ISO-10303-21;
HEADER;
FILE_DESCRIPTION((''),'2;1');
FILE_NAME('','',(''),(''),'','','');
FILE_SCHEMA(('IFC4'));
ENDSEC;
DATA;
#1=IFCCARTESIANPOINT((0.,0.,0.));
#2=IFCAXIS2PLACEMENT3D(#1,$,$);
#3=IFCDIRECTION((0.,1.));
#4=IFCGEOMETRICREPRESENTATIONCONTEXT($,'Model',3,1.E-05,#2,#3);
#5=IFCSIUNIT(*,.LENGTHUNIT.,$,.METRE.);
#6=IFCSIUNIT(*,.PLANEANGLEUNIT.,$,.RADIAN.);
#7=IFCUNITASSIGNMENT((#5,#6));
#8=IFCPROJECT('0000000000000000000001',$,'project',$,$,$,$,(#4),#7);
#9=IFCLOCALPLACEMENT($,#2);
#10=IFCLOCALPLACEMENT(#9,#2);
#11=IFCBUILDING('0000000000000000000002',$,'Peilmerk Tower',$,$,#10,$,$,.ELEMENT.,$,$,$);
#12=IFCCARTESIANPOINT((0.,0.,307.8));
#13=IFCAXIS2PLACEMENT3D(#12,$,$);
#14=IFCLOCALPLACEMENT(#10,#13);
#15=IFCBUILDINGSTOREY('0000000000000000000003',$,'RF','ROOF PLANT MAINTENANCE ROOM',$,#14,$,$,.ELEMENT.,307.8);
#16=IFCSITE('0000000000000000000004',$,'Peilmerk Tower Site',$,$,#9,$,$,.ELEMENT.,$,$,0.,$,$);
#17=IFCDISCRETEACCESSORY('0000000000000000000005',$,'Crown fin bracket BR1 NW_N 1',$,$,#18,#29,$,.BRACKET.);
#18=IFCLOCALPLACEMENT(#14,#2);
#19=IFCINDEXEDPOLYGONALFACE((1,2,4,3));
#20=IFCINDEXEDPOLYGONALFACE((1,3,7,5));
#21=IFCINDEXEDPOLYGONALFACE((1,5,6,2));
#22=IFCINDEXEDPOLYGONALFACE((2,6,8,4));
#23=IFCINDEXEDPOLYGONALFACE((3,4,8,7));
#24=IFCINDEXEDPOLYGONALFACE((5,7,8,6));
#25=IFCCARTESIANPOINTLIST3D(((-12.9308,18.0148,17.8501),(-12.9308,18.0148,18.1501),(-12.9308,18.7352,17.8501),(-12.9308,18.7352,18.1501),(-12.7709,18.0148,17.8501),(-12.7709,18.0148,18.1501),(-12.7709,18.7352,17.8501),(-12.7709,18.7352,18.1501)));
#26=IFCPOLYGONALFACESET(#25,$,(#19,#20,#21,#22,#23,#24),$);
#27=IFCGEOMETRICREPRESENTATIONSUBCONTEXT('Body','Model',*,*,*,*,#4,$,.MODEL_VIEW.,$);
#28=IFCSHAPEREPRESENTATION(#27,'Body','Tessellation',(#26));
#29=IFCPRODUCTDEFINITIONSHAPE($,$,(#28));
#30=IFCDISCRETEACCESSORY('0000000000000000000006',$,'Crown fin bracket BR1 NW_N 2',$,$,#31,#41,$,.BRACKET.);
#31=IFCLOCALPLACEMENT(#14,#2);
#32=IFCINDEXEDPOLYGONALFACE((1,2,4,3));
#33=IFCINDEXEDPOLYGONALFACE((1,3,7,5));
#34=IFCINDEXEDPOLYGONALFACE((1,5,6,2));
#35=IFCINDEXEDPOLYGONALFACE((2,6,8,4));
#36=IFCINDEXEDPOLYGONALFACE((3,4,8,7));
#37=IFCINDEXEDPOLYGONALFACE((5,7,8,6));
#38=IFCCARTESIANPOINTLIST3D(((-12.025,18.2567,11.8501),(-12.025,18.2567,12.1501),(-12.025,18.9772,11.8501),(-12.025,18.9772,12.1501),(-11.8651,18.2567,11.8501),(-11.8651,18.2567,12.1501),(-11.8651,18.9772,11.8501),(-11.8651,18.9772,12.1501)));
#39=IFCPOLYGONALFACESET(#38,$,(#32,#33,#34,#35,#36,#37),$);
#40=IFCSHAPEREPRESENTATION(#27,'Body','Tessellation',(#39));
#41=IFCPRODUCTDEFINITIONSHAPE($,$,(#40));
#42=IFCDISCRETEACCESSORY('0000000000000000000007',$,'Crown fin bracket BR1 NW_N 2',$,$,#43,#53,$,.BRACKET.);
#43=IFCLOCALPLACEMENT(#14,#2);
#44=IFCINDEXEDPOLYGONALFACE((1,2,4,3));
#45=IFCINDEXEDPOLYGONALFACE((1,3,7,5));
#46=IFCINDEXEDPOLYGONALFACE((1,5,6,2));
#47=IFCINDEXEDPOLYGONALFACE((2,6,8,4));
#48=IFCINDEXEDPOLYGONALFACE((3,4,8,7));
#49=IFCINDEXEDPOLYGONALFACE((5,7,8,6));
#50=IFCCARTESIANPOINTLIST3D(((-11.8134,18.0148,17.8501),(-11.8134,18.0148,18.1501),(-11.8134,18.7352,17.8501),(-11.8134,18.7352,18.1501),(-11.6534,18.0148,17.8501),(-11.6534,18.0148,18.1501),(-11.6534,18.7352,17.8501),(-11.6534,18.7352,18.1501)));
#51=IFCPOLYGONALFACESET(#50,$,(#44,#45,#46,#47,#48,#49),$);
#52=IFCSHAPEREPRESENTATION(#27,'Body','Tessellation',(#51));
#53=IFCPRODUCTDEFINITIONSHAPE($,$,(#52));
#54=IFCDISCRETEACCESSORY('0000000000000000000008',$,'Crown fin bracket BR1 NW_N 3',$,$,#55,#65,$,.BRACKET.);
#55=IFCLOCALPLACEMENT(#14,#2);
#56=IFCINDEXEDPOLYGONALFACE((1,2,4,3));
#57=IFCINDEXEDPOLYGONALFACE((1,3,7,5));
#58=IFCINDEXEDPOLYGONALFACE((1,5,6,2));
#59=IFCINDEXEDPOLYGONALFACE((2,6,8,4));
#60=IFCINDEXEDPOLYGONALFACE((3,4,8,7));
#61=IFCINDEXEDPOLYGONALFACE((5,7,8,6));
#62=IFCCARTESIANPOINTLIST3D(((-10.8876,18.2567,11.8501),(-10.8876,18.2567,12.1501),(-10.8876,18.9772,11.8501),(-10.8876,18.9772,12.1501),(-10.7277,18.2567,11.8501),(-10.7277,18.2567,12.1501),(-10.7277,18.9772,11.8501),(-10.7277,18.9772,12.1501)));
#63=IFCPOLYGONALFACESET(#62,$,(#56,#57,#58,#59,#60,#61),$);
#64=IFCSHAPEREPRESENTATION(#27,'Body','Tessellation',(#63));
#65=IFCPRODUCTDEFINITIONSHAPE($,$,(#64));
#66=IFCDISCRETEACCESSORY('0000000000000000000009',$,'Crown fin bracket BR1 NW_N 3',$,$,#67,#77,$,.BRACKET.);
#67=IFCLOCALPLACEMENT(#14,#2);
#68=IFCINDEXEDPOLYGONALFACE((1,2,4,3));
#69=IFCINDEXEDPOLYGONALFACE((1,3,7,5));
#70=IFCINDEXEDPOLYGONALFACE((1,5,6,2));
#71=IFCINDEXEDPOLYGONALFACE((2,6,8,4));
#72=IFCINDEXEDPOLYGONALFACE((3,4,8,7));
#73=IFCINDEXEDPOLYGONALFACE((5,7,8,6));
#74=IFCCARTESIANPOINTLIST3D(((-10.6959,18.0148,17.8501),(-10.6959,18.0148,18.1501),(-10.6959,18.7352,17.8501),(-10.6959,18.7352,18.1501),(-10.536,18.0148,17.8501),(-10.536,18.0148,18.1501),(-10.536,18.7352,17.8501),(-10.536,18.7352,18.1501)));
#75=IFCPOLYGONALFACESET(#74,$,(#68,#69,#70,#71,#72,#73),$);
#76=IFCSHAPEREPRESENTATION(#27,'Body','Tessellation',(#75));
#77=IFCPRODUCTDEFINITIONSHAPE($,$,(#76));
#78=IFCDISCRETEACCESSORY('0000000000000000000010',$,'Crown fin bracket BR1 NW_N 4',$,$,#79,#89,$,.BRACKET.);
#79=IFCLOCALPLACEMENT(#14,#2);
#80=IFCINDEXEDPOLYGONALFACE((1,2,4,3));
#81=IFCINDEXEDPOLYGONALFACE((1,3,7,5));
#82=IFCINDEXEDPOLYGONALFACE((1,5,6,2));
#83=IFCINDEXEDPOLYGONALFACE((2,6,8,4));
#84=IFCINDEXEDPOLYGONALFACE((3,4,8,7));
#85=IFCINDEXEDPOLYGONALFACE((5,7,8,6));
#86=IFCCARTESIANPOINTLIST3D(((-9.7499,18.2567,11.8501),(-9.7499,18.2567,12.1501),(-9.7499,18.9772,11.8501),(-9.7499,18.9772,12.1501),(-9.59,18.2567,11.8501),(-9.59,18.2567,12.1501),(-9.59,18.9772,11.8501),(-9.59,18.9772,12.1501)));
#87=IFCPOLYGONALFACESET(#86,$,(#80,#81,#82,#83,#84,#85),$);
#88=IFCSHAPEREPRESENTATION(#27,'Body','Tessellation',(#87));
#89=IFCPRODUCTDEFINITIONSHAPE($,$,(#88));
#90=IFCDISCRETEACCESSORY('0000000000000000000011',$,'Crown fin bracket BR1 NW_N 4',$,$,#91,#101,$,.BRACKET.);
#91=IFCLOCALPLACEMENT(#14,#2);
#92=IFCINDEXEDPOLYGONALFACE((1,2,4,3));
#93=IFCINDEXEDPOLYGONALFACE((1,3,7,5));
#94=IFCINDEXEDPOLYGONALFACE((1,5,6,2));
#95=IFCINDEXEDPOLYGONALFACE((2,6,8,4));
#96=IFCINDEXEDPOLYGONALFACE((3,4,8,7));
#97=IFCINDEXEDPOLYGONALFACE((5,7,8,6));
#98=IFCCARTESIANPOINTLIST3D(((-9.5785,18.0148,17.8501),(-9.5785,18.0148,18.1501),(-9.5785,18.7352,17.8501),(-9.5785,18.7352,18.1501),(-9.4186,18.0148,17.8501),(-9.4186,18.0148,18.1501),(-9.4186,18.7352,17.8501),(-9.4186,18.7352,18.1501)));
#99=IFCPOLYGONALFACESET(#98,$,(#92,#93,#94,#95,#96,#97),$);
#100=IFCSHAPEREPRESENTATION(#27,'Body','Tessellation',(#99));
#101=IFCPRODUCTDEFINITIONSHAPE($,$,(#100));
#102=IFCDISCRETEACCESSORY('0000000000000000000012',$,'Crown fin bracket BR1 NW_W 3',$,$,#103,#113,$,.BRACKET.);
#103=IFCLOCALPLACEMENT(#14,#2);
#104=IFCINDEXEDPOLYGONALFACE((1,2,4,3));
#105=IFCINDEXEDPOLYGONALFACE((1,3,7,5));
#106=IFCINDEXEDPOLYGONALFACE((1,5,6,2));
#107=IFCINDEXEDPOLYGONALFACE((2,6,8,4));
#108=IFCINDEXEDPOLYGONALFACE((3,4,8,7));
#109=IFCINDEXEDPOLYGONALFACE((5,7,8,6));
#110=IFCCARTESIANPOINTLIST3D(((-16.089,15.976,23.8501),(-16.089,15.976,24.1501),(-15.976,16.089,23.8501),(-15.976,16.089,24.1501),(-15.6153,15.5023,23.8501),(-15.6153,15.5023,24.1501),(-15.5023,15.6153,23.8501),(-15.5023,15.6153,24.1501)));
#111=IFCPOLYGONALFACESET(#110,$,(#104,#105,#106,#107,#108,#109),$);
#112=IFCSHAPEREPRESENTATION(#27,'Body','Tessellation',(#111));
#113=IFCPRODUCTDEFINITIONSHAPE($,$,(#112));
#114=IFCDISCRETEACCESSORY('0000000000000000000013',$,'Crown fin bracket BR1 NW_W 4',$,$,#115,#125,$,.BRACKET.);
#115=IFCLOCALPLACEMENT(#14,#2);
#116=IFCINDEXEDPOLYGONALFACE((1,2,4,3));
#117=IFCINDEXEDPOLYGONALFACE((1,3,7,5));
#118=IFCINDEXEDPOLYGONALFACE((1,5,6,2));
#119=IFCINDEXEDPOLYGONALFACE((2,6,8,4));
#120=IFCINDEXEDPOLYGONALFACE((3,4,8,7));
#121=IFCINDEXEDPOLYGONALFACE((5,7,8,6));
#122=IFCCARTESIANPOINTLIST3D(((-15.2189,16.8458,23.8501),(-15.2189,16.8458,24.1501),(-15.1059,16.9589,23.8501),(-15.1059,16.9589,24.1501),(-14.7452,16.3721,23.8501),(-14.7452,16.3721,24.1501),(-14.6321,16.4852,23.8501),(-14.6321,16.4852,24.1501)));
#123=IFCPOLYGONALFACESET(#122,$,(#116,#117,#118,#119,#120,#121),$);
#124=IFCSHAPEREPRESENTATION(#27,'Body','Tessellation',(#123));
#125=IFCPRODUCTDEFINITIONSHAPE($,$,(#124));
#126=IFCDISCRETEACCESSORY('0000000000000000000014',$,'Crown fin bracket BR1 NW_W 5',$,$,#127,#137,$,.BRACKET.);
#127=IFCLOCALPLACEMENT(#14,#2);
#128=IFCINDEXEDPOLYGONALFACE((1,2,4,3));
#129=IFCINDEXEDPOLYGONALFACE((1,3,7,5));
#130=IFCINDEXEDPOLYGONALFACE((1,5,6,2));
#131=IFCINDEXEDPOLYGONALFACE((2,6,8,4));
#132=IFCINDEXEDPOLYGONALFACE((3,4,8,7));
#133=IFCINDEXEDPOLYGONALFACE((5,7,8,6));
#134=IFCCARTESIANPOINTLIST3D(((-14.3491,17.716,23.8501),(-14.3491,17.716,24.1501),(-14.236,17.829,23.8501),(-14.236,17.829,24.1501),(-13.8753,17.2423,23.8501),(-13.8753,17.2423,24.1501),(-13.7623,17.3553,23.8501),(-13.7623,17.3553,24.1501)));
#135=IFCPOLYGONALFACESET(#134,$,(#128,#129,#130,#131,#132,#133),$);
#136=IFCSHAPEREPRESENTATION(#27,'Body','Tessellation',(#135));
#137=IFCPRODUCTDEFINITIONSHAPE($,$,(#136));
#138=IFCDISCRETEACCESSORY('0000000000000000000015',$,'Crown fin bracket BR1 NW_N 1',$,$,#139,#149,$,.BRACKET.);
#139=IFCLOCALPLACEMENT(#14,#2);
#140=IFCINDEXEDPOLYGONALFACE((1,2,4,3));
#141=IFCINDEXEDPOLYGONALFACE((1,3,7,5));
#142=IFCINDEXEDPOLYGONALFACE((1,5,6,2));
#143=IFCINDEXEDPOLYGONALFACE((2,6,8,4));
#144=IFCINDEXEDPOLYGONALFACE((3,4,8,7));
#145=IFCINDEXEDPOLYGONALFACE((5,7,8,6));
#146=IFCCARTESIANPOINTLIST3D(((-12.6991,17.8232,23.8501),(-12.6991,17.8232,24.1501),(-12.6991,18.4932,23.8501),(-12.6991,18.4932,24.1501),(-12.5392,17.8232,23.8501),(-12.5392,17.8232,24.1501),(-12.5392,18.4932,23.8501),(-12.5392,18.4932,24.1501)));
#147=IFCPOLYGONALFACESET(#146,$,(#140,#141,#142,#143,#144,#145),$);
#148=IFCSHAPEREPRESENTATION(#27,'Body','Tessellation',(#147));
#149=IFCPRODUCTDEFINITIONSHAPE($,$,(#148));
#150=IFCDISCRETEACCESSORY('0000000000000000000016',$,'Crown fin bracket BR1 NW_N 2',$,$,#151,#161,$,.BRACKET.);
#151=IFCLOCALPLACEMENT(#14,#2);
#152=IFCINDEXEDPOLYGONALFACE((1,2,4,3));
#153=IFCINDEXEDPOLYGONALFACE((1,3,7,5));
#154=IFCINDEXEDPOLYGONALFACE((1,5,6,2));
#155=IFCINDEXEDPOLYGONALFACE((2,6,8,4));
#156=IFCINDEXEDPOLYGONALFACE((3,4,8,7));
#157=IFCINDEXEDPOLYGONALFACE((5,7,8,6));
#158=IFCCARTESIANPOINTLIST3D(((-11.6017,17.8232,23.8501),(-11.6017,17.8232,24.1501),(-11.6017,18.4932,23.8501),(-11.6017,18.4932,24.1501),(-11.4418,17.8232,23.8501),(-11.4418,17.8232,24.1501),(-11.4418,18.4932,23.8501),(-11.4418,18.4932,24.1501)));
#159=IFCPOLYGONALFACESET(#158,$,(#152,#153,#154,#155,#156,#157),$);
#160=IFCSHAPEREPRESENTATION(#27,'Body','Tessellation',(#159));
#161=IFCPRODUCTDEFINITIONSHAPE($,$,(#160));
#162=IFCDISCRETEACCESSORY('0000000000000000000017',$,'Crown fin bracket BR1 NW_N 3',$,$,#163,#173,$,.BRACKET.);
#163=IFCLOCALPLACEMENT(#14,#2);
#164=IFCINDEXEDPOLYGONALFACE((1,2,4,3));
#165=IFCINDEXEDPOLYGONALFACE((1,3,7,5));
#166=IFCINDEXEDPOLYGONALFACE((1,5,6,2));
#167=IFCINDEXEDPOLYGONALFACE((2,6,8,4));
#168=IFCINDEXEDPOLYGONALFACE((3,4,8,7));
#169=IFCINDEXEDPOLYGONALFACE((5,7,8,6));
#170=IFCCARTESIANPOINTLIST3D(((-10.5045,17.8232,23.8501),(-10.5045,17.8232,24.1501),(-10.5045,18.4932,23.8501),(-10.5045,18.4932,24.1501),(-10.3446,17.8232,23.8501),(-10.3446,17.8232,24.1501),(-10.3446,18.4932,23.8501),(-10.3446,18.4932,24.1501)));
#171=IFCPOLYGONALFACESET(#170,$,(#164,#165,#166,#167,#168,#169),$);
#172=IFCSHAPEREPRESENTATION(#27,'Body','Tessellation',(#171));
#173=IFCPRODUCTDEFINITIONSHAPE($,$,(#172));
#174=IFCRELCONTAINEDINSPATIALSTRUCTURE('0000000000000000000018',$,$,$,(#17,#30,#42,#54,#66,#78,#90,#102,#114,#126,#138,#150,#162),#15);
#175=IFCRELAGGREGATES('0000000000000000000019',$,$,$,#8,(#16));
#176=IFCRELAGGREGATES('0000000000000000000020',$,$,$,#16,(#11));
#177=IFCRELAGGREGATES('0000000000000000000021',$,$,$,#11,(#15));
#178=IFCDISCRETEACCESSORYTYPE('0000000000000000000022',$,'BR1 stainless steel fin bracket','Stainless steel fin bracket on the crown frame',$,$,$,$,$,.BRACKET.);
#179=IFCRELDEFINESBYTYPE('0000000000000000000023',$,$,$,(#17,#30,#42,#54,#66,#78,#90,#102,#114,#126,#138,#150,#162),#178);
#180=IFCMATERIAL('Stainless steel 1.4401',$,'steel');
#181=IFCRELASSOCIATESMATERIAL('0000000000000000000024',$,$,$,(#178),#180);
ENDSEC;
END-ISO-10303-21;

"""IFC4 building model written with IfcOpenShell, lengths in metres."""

from ifc_helpers import new_model, si_unit, direction, frame, origin, origin_2d, place, context, subcontext, project, spatial, rectangle, extrude, source, transform, mapped, material, type_object, element, save


model = new_model("IFC4")

# Units and contexts
model_context = context("Model", 3, precision=1e-05, world=origin(), true_north=direction((0.0, 1.0)))
body_context = subcontext(model_context, "Body", "Model", "MODEL_VIEW")
ifc_project = project(units=[si_unit("LENGTHUNIT", "METRE"), si_unit("PLANEANGLEUNIT", "RADIAN")], contexts=[model_context])

# Site, building, storey
site_placement = place(None, origin())
site = spatial("IfcSite", under=ifc_project, at=site_placement, Name="Peilmerk Tower Site", CompositionType="ELEMENT", RefElevation=0.0)
building_placement = place(site_placement, origin())
building = spatial("IfcBuilding", under=site, at=building_placement, Name="Peilmerk Tower", CompositionType="ELEMENT")
storey_placement = place(building_placement, frame((0.0, 0.0, 307.8)))
storey = spatial("IfcBuildingStorey", under=building, at=storey_placement, Name="RF", Description="ROOF PLANT MAINTENANCE ROOM", CompositionType="ELEMENT", Elevation=307.8)

# Discrete accessories
ifc_material_1 = material(Name="Stainless steel 1.4401", Category="steel")
discrete_accessory_type = type_object("IfcDiscreteAccessoryType", Name="BR1 stainless steel fin bracket", Description="Stainless steel fin bracket on the crown frame", PredefinedType="BRACKET", material=ifc_material_1)
shared_shape_1 = source(origin(), body_context, "Body", "SweptSolid", [
    extrude(rectangle(XDim=0.7205, YDim=0.1599, at=origin_2d()), origin(), (0.0, 0.0, 1.0), 0.3),
])
for number, where, z_axis, x_axis, name in (
    (1, (-12.8508, 18.375, 17.8501), (0.0, 0.0, 1.0), (0.0, 1.0, 0.0), "Crown fin bracket BR1 NW_N 1"),
    (2, (-11.9451, 18.6169, 11.8501), (0.0, 0.0, 1.0), (0.0, 1.0, 0.0), "Crown fin bracket BR1 NW_N 2"),
    (3, (-11.7334, 18.375, 17.8501), (0.0, 0.0, 1.0), (0.0, 1.0, 0.0), "Crown fin bracket BR1 NW_N 2"),
    (4, (-10.8076, 18.6169, 11.8501), (0.0, 0.0, 1.0), (0.0, 1.0, 0.0), "Crown fin bracket BR1 NW_N 3"),
    (5, (-10.616, 18.375, 17.8501), (0.0, 0.0, 1.0), (0.0, 1.0, 0.0), "Crown fin bracket BR1 NW_N 3"),
    (6, (-9.6699, 18.6169, 11.8501), (0.0, 0.0, 1.0), (0.0, 1.0, 0.0), "Crown fin bracket BR1 NW_N 4"),
    (7, (-9.4985, 18.375, 17.8501), (0.0, 0.0, 1.0), (0.0, 1.0, 0.0), "Crown fin bracket BR1 NW_N 4"),
):
    element("IfcDiscreteAccessory", number, at=place(storey_placement, frame(where, z_axis=z_axis, x_axis=x_axis)), inside=storey, type_object=discrete_accessory_type, Name=name, PredefinedType="BRACKET", context=body_context, shape_type="MappedRepresentation", body=[
        mapped(shared_shape_1, transform((0.0, 0.0, 0.0), scale=1.0)),
    ])
shared_shape_2 = source(origin(), body_context, "Body", "SweptSolid", [
    extrude(rectangle(XDim=0.6699, YDim=0.1599, at=origin_2d()), origin(), (0.0, 0.0, 1.0), 0.3),
])
for number, where, z_axis, x_axis, name in (
    (8, (-15.7957, 15.7957, 23.8501), (0.0, 0.0, 1.0), (-0.707107, 0.707107, 0.0), "Crown fin bracket BR1 NW_W 3"),
    (9, (-14.9255, 16.6655, 23.8501), (0.0, 0.0, 1.0), (-0.707107, 0.707107, 0.0), "Crown fin bracket BR1 NW_W 4"),
    (10, (-14.0557, 17.5356, 23.8501), (0.0, 0.0, 1.0), (-0.707107, 0.707107, 0.0), "Crown fin bracket BR1 NW_W 5"),
    (11, (-12.6191, 18.1582, 23.8501), (0.0, 0.0, 1.0), (0.0, 1.0, 0.0), "Crown fin bracket BR1 NW_N 1"),
    (12, (-11.5217, 18.1582, 23.8501), (0.0, 0.0, 1.0), (0.0, 1.0, 0.0), "Crown fin bracket BR1 NW_N 2"),
    (13, (-10.4246, 18.1582, 23.8501), (0.0, 0.0, 1.0), (0.0, 1.0, 0.0), "Crown fin bracket BR1 NW_N 3"),
):
    element("IfcDiscreteAccessory", number, at=place(storey_placement, frame(where, z_axis=z_axis, x_axis=x_axis)), inside=storey, type_object=discrete_accessory_type, Name=name, PredefinedType="BRACKET", context=body_context, shape_type="MappedRepresentation", body=[
        mapped(shared_shape_2, transform((0.0, 0.0, 0.0), scale=1.0)),
    ])

save(model, "model.ifc")
